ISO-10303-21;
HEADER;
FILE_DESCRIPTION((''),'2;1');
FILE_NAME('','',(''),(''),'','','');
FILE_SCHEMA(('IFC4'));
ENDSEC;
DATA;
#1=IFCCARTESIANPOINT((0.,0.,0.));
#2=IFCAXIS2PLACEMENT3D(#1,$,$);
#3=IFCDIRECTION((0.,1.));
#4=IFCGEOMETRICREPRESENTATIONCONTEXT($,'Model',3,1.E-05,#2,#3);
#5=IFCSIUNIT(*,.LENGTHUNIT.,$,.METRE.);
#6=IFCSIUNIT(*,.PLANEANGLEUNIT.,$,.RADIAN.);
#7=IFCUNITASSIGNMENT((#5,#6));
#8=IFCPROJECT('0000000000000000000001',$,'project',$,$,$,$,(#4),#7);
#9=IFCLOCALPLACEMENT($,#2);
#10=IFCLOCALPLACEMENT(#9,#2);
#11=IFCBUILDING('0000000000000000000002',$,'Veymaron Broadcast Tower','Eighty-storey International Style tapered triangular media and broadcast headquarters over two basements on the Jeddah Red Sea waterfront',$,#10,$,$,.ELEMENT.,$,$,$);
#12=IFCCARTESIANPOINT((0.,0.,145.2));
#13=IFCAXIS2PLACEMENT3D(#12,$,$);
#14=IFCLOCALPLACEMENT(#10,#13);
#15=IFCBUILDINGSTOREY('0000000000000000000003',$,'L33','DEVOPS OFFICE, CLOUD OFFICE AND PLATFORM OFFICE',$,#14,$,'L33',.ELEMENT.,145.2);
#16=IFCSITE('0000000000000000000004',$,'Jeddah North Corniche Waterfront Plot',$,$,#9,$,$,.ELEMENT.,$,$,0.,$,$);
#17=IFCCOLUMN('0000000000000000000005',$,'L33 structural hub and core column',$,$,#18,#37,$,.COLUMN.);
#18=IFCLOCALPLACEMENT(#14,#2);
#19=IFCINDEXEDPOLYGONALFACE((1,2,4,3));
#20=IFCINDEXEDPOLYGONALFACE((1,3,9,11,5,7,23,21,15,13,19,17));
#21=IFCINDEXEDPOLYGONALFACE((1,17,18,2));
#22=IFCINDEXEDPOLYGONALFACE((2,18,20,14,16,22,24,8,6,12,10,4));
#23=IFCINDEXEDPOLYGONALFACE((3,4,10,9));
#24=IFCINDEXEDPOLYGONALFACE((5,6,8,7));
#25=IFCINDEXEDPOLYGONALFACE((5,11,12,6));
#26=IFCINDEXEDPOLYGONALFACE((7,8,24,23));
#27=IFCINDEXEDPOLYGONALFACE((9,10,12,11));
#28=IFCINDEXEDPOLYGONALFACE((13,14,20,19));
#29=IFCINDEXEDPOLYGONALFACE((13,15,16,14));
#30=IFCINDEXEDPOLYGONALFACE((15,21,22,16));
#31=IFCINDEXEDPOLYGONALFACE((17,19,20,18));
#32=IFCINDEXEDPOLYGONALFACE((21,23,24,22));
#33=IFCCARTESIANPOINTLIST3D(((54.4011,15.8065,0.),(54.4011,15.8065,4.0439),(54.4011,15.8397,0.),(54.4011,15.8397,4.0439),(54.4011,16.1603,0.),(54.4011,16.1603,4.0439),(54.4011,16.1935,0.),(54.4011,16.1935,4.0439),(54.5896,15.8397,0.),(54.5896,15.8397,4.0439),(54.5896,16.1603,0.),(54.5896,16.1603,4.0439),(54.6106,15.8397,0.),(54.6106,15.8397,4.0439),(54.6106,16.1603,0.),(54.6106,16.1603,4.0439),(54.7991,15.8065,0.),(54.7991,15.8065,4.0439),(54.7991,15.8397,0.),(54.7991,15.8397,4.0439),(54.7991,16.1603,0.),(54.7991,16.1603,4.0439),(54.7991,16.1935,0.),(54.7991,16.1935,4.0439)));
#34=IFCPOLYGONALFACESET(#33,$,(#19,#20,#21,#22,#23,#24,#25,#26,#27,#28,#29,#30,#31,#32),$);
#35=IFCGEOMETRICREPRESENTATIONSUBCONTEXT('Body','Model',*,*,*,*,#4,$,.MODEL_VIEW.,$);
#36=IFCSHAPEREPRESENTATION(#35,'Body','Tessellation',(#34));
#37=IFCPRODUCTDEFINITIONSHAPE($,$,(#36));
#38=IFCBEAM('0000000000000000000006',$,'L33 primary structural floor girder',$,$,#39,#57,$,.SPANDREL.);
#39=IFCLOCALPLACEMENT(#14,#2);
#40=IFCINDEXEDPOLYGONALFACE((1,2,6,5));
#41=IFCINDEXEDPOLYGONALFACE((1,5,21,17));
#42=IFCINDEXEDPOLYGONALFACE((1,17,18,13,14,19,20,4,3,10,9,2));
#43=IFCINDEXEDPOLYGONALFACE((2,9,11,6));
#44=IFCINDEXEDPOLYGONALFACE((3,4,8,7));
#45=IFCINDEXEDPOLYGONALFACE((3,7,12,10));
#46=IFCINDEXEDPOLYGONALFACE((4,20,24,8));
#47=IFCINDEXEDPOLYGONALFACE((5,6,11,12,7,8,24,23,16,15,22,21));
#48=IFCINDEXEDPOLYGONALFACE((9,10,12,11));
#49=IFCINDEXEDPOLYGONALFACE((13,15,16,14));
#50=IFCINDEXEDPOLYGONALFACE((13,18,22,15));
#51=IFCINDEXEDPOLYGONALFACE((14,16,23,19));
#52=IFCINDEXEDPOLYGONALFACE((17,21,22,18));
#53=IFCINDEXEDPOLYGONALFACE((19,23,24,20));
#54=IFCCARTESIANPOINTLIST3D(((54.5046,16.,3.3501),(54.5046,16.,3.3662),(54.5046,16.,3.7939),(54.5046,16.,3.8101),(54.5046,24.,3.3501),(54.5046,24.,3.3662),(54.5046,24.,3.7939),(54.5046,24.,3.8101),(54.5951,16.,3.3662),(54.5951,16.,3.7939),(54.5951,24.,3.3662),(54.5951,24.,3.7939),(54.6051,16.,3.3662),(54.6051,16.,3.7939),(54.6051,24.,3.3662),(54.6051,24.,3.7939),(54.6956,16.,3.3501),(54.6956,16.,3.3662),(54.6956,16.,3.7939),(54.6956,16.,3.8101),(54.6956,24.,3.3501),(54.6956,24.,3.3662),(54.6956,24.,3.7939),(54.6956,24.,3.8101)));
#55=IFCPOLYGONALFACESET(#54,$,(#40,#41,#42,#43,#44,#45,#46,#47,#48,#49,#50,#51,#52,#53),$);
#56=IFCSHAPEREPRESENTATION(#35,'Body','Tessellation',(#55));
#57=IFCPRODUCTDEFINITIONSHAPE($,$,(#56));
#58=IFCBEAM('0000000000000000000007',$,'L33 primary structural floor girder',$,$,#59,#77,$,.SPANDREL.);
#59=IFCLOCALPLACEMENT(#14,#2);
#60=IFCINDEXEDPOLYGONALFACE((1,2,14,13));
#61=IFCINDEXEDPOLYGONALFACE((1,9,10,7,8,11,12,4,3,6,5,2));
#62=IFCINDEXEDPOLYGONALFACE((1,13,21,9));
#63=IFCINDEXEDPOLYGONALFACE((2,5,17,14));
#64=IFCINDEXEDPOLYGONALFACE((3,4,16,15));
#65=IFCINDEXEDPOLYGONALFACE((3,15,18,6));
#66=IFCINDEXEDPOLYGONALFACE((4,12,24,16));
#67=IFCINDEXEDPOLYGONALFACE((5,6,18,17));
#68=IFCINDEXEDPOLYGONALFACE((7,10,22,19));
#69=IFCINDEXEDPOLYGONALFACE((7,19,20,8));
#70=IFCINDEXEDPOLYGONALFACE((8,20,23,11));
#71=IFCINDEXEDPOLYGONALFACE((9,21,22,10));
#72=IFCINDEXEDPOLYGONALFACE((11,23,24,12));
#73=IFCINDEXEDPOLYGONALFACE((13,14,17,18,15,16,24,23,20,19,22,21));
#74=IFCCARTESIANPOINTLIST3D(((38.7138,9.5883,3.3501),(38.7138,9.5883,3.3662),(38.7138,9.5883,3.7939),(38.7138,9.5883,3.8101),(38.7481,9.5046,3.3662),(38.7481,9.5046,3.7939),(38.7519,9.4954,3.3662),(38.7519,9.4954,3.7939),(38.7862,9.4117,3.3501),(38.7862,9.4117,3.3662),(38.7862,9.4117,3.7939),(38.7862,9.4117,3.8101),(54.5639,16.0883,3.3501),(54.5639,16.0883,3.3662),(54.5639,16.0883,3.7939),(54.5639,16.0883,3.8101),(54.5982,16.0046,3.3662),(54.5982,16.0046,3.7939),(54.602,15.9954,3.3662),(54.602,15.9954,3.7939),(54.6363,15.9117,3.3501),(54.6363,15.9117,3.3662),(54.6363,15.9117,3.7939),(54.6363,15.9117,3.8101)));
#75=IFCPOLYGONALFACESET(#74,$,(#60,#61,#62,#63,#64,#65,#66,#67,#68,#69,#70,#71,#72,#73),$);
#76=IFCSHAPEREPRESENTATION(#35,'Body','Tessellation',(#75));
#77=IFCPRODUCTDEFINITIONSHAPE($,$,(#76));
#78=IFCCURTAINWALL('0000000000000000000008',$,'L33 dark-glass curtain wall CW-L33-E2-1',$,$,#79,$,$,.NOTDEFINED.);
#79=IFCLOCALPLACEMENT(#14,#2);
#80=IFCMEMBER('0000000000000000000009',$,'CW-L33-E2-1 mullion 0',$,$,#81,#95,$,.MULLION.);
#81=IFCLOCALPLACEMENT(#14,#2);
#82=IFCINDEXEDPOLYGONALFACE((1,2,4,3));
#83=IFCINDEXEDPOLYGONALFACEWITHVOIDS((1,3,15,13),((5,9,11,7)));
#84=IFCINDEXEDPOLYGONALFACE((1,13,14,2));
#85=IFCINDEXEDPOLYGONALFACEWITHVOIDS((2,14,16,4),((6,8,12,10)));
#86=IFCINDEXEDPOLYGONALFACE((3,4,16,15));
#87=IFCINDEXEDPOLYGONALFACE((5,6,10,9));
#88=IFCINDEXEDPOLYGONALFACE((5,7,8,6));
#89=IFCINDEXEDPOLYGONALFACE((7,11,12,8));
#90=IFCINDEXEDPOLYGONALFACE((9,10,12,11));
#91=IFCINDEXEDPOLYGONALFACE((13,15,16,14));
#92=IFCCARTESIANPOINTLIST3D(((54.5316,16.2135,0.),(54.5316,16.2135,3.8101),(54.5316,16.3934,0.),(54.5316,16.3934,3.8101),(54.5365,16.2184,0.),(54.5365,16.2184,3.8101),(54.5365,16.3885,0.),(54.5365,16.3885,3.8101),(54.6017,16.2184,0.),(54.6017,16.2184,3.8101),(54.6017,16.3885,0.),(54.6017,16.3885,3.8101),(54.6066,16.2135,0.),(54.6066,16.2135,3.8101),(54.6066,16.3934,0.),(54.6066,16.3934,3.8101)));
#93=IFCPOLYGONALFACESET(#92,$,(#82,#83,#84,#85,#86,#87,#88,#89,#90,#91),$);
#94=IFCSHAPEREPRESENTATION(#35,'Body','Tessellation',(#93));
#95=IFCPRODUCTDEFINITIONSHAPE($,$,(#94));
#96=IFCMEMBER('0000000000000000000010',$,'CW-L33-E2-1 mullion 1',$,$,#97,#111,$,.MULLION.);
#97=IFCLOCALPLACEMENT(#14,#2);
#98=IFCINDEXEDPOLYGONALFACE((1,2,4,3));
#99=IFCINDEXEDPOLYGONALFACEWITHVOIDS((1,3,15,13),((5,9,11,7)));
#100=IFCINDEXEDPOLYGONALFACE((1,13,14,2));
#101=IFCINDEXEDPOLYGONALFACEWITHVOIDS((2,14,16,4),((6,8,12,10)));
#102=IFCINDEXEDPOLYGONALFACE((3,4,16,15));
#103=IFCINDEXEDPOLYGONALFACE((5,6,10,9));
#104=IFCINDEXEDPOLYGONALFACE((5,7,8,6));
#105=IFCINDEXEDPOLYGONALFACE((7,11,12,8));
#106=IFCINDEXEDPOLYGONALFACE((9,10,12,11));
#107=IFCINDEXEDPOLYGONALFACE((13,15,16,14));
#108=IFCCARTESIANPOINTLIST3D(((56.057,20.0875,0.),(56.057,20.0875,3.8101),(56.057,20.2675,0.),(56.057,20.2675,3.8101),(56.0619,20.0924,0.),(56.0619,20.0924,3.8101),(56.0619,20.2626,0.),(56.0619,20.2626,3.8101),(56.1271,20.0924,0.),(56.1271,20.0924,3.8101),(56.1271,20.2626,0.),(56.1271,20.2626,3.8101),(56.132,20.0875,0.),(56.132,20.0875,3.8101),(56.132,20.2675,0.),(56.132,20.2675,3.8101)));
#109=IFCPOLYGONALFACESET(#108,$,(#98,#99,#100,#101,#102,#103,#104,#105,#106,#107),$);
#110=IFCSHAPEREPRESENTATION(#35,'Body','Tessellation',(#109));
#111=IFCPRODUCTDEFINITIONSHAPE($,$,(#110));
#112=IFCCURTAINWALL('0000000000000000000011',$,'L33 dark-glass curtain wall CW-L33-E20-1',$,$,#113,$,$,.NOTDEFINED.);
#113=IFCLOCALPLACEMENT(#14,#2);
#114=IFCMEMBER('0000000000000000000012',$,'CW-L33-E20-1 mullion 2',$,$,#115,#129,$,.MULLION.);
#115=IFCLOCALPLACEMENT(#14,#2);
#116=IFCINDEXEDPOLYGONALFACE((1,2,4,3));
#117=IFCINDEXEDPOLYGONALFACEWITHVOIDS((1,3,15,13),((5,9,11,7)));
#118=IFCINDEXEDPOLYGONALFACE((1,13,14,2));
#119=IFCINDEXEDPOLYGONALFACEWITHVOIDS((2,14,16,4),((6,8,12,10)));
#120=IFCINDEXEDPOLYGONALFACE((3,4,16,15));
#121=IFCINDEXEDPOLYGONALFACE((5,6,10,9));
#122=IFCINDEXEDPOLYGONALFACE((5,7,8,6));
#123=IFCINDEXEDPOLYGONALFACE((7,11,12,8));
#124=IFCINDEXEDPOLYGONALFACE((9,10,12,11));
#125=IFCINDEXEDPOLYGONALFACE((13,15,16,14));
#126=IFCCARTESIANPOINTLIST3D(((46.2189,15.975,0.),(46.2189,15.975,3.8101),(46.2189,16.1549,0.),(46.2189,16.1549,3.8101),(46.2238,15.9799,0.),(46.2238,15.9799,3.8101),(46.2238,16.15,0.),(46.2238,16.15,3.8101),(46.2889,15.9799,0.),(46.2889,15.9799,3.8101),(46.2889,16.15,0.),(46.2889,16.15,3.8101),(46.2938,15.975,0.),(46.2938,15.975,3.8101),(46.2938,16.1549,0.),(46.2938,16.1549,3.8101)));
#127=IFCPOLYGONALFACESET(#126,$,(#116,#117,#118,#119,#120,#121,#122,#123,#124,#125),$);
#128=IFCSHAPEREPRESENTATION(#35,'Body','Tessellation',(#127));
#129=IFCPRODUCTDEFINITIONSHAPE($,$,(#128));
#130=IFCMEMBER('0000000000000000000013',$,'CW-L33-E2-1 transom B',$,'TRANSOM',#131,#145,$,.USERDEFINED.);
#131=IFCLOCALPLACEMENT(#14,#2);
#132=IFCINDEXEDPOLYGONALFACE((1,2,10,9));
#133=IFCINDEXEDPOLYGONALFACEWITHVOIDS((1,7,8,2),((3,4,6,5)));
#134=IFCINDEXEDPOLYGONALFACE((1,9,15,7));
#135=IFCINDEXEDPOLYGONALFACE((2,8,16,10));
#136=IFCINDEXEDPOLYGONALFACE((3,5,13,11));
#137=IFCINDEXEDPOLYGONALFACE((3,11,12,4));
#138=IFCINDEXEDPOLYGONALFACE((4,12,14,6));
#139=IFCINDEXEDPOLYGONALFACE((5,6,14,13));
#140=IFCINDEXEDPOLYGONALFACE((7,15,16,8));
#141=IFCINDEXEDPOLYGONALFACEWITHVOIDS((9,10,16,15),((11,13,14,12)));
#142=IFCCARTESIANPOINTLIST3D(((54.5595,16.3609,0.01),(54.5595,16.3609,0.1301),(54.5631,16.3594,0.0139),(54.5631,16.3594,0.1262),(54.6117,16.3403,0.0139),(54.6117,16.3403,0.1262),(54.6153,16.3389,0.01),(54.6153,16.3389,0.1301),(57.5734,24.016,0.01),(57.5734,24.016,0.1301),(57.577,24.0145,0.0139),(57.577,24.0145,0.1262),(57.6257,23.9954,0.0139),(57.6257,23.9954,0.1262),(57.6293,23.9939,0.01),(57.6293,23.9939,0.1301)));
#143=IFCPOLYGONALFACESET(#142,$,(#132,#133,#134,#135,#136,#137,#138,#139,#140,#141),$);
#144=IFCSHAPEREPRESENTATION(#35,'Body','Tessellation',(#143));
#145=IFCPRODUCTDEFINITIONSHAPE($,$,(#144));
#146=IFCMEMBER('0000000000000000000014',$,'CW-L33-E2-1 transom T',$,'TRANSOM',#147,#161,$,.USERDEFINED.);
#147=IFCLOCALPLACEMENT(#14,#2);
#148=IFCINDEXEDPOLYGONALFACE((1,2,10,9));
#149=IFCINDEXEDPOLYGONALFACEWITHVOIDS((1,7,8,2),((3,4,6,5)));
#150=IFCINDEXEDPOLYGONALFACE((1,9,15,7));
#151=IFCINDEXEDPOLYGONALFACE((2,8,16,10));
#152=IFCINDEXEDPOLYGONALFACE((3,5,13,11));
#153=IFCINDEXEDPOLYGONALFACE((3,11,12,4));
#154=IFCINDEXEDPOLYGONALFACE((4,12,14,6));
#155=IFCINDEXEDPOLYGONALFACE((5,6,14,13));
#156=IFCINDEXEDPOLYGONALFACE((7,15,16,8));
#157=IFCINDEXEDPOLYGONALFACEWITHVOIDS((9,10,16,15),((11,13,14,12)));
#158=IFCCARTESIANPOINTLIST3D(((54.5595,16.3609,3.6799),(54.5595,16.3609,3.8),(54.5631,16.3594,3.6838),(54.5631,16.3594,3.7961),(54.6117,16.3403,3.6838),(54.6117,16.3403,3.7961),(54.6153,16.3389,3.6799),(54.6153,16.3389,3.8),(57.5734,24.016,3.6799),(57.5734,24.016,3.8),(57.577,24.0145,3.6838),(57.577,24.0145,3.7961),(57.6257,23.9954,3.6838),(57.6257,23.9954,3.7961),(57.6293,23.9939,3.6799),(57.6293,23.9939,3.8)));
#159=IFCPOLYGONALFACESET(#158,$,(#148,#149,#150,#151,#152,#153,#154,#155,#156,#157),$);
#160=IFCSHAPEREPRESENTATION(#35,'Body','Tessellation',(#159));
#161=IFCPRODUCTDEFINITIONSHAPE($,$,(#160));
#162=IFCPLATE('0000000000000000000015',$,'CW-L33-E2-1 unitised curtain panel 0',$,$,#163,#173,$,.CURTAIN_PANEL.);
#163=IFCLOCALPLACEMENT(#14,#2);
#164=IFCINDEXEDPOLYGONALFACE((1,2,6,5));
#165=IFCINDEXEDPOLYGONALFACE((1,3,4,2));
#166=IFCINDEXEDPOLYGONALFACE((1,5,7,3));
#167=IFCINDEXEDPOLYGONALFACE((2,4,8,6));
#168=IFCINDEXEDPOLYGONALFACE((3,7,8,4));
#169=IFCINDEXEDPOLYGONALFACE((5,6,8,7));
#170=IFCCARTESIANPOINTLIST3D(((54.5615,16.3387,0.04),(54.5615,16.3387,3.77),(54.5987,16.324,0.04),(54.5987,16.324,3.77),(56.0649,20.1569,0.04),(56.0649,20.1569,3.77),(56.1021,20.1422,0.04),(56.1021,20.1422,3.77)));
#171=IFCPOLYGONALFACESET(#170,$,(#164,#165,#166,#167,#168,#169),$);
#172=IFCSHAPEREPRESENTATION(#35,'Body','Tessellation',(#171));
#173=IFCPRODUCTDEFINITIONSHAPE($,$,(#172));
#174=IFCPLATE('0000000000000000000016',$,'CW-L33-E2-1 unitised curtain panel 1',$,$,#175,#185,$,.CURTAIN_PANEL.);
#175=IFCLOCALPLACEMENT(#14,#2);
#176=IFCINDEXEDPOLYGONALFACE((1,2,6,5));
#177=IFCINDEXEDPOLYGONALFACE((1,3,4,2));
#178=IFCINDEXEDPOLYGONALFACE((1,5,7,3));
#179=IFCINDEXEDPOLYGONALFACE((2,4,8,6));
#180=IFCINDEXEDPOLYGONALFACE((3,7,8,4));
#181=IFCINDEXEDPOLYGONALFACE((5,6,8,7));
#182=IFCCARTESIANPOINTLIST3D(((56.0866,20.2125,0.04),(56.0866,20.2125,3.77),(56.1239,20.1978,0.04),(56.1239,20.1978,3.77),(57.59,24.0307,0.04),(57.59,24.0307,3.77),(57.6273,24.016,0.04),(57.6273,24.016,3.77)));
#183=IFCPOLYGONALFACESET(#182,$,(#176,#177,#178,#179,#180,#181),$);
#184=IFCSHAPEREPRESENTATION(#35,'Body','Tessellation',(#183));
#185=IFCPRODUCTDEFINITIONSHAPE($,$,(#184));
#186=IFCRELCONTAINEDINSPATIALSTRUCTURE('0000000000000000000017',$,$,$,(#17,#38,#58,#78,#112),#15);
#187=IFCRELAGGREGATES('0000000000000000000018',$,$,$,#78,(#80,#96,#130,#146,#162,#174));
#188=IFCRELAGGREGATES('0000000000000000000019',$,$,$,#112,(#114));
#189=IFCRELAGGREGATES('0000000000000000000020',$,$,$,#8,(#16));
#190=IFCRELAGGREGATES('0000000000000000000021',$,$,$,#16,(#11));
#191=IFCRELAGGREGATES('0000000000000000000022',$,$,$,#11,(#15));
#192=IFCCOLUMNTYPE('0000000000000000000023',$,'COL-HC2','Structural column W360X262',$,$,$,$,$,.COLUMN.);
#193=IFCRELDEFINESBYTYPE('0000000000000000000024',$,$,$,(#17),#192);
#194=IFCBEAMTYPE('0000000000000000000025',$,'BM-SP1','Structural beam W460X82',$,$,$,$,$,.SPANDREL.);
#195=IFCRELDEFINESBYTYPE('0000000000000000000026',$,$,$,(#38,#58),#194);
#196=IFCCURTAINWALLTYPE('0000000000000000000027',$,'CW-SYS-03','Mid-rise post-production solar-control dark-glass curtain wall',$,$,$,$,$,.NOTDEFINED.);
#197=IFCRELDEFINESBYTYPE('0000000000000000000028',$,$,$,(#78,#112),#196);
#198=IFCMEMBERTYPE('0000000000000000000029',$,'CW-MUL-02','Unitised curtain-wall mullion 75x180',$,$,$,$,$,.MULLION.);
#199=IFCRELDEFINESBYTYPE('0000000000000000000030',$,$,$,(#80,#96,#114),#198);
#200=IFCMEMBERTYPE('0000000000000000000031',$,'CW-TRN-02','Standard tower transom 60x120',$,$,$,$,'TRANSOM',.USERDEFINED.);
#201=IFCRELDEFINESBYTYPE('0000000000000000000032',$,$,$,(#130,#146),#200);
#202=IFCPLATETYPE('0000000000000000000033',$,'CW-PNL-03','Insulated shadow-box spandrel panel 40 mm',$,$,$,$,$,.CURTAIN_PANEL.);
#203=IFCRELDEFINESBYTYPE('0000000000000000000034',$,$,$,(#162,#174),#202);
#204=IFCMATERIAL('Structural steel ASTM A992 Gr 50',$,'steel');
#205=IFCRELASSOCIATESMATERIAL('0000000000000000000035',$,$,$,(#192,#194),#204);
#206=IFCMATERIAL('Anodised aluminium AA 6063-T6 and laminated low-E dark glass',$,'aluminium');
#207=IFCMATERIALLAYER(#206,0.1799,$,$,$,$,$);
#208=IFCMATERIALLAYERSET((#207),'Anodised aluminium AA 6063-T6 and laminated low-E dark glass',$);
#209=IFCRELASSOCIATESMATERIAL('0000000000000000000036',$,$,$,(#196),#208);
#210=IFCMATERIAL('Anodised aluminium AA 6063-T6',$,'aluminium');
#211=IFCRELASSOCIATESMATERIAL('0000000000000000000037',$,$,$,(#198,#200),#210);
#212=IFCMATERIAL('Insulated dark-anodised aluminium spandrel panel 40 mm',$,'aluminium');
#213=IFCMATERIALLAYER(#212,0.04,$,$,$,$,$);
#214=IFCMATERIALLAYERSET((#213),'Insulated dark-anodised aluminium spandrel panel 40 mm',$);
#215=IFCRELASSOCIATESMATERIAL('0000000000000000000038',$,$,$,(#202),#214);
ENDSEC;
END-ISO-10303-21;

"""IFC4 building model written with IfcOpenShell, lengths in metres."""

from ifc_helpers import new_model, si_unit, direction, frame, origin, origin_2d, place, context, subcontext, project, spatial, rectangle, hollow_rectangle, i_section, extrude, material, layer, layer_set, material_profile, profile_set, type_object, element, aggregate, save


model = new_model("IFC4")

# Units and contexts
model_context = context("Model", 3, precision=1e-05, world=origin(), true_north=direction((0.0, 1.0)))
body_context = subcontext(model_context, "Body", "Model", "MODEL_VIEW")
ifc_project = project(units=[si_unit("LENGTHUNIT", "METRE"), si_unit("PLANEANGLEUNIT", "RADIAN")], contexts=[model_context])

# Site, building, storey
site_placement = place(None, origin())
site = spatial("IfcSite", under=ifc_project, at=site_placement, Name="Jeddah North Corniche Waterfront Plot", CompositionType="ELEMENT", RefElevation=0.0)
building_placement = place(site_placement, origin())
building = spatial("IfcBuilding", under=site, at=building_placement, Name="Veymaron Broadcast Tower", Description="Eighty-storey International Style tapered triangular media and broadcast headquarters over two basements on the Jeddah Red Sea waterfront", CompositionType="ELEMENT")
storey_placement = place(building_placement, frame((0.0, 0.0, 145.2)))
storey = spatial("IfcBuildingStorey", under=building, at=storey_placement, Name="L33", Description="DEVOPS OFFICE, CLOUD OFFICE AND PLATFORM OFFICE", LongName="L33", CompositionType="ELEMENT", Elevation=145.2)

# Column
ifc_material_1 = material(Name="Structural steel ASTM A992 Gr 50", Category="steel")
ifc_material_profile_1 = material_profile(ifc_material_1, i_section(OverallWidth=0.3979, OverallDepth=0.387, WebThickness=0.021, FlangeThickness=0.0332, at=origin_2d()), Name="W360X262")
ifc_profile_set_1 = profile_set([ifc_material_profile_1], Name="Structural steel ASTM A992 Gr 50")
column_type = type_object("IfcColumnType", Name="COL-HC2", Description="Structural column W360X262", PredefinedType="COLUMN", material=ifc_profile_set_1)
column_placement = place(storey_placement, frame((54.6001, 16.0, 0.0), z_axis=(0.0, 0.0, 1.0), x_axis=(1.0, 0.0, 0.0)))
element("IfcColumn", 1, at=column_placement, inside=storey, type_object=column_type, Name="L33 structural hub and core column", PredefinedType="COLUMN", context=body_context, shape_type="SweptSolid", body=[
    extrude(i_section(OverallWidth=0.3979, OverallDepth=0.387, WebThickness=0.021, FlangeThickness=0.0332, at=origin_2d()), origin(), (0.0, 0.0, 1.0), 4.0439),
])

# Beams
ifc_material_profile_2 = material_profile(ifc_material_1, i_section(OverallWidth=0.1909, OverallDepth=0.46, WebThickness=0.01, FlangeThickness=0.0161, at=origin_2d()), Name="W460X82")
ifc_profile_set_2 = profile_set([ifc_material_profile_2], Name="Structural steel ASTM A992 Gr 50")
beam_type = type_object("IfcBeamType", Name="BM-SP1", Description="Structural beam W460X82", PredefinedType="SPANDREL", material=ifc_profile_set_2)
beam_1_placement = place(storey_placement, frame((54.6001, 16.0, 3.5801), z_axis=(0.0, 1.0, 0.0), x_axis=(-1.0, 0.0, 0.0)))
element("IfcBeam", 2, at=beam_1_placement, inside=storey, type_object=beam_type, Name="L33 primary structural floor girder", PredefinedType="SPANDREL", context=body_context, shape_type="SweptSolid", body=[
    extrude(i_section(OverallWidth=0.1909, OverallDepth=0.46, WebThickness=0.01, FlangeThickness=0.0161, at=origin_2d()), origin(), (0.0, 0.0, 1.0), 8.0),
])
beam_2_placement = place(storey_placement, frame((54.6001, 16.0, 3.5801), z_axis=(-0.925222, -0.379426, 0.0), x_axis=(0.379426, -0.925222, 0.0)))
element("IfcBeam", 3, at=beam_2_placement, inside=storey, type_object=beam_type, Name="L33 primary structural floor girder", PredefinedType="SPANDREL", context=body_context, shape_type="SweptSolid", body=[
    extrude(i_section(OverallWidth=0.1909, OverallDepth=0.46, WebThickness=0.01, FlangeThickness=0.0161, at=origin_2d()), origin(), (0.0, 0.0, 1.0), 17.1311),
])

# Curtain wall, members
ifc_material_2 = material(Name="Anodised aluminium AA 6063-T6 and laminated low-E dark glass", Category="aluminium")
ifc_layer_1 = layer(ifc_material_2, 0.1799)
ifc_layer_set_1 = layer_set([ifc_layer_1], Name="Anodised aluminium AA 6063-T6 and laminated low-E dark glass")
curtain_wall_type = type_object("IfcCurtainWallType", Name="CW-SYS-03", Description="Mid-rise post-production solar-control dark-glass curtain wall", PredefinedType="NOTDEFINED", material=ifc_layer_set_1)
curtain_wall_1_placement = place(storey_placement, origin())
curtain_wall_1 = element("IfcCurtainWall", 4, at=curtain_wall_1_placement, inside=storey, type_object=curtain_wall_type, Name="L33 dark-glass curtain wall CW-L33-E2-1", PredefinedType="NOTDEFINED")
ifc_material_3 = material(Name="Anodised aluminium AA 6063-T6", Category="aluminium")
ifc_material_profile_3 = material_profile(ifc_material_3, hollow_rectangle(XDim=0.075, YDim=0.1799, WallThickness=0.0049, at=origin_2d()), Name="AL180X75X5")
ifc_profile_set_3 = profile_set([ifc_material_profile_3], Name="Anodised aluminium AA 6063-T6")
member_type_1 = type_object("IfcMemberType", Name="CW-MUL-02", Description="Unitised curtain-wall mullion 75x180", PredefinedType="MULLION", material=ifc_profile_set_3)
member_1_placement = place(storey_placement, frame((54.5691, 16.3035, 0.0), z_axis=(0.0, 0.0, 1.0), x_axis=(1.0, 0.0, 0.0)))
member_1 = element("IfcMember", 5, at=member_1_placement, type_object=member_type_1, Name="CW-L33-E2-1 mullion 0", PredefinedType="MULLION", context=body_context, shape_type="SweptSolid", body=[
    extrude(hollow_rectangle(XDim=0.075, YDim=0.1799, WallThickness=0.0049, at=origin_2d()), origin(), (0.0, 0.0, 1.0), 3.8101),
])
member_2_placement = place(storey_placement, frame((56.0945, 20.1775, 0.0), z_axis=(0.0, 0.0, 1.0), x_axis=(1.0, 0.0, 0.0)))
member_2 = element("IfcMember", 6, at=member_2_placement, type_object=member_type_1, Name="CW-L33-E2-1 mullion 1", PredefinedType="MULLION", context=body_context, shape_type="SweptSolid", body=[
    extrude(hollow_rectangle(XDim=0.075, YDim=0.1799, WallThickness=0.0049, at=origin_2d()), origin(), (0.0, 0.0, 1.0), 3.8101),
])

# Curtain wall, member
curtain_wall_2_placement = place(storey_placement, origin())
curtain_wall_2 = element("IfcCurtainWall", 7, at=curtain_wall_2_placement, inside=storey, type_object=curtain_wall_type, Name="L33 dark-glass curtain wall CW-L33-E20-1", PredefinedType="NOTDEFINED")
member_3_placement = place(storey_placement, frame((46.2563, 16.0649, 0.0), z_axis=(0.0, 0.0, 1.0), x_axis=(1.0, 0.0, 0.0)))
member_3 = element("IfcMember", 8, at=member_3_placement, type_object=member_type_1, Name="CW-L33-E20-1 mullion 2", PredefinedType="MULLION", context=body_context, shape_type="SweptSolid", body=[
    extrude(hollow_rectangle(XDim=0.075, YDim=0.1799, WallThickness=0.0049, at=origin_2d()), origin(), (0.0, 0.0, 1.0), 3.8101),
])

# Members
ifc_material_profile_4 = material_profile(ifc_material_3, hollow_rectangle(XDim=0.0601, YDim=0.1201, WallThickness=0.0039, at=origin_2d()), Name="AL120X60X4")
ifc_profile_set_4 = profile_set([ifc_material_profile_4], Name="Anodised aluminium AA 6063-T6")
member_type_2 = type_object("IfcMemberType", Name="CW-TRN-02", Description="Standard tower transom 60x120", ElementType="TRANSOM", PredefinedType="USERDEFINED", material=ifc_profile_set_4)
member_4_placement = place(storey_placement, frame((54.5874, 16.3499, 0.0701), z_axis=(0.366345, 0.930479, 0.0), x_axis=(-0.930479, 0.366345, 0.0)))
member_4 = element("IfcMember", 9, at=member_4_placement, type_object=member_type_2, Name="CW-L33-E2-1 transom B", ObjectType="TRANSOM", PredefinedType="USERDEFINED", context=body_context, shape_type="SweptSolid", body=[
    extrude(hollow_rectangle(XDim=0.0601, YDim=0.1201, WallThickness=0.0039, at=origin_2d()), origin(), (0.0, 0.0, 1.0), 8.2271),
])
member_5_placement = place(storey_placement, frame((54.5874, 16.3499, 3.74), z_axis=(0.366345, 0.930479, 0.0), x_axis=(-0.930479, 0.366345, 0.0)))
member_5 = element("IfcMember", 10, at=member_5_placement, type_object=member_type_2, Name="CW-L33-E2-1 transom T", ObjectType="TRANSOM", PredefinedType="USERDEFINED", context=body_context, shape_type="SweptSolid", body=[
    extrude(hollow_rectangle(XDim=0.0601, YDim=0.1201, WallThickness=0.0039, at=origin_2d()), origin(), (0.0, 0.0, 1.0), 8.2271),
])

# Plates
ifc_material_4 = material(Name="Insulated dark-anodised aluminium spandrel panel 40 mm", Category="aluminium")
ifc_layer_2 = layer(ifc_material_4, 0.04)
ifc_layer_set_2 = layer_set([ifc_layer_2], Name="Insulated dark-anodised aluminium spandrel panel 40 mm")
plate_type = type_object("IfcPlateType", Name="CW-PNL-03", Description="Insulated shadow-box spandrel panel 40 mm", PredefinedType="CURTAIN_PANEL", material=ifc_layer_set_2)
plate_1_placement = place(storey_placement, frame((55.3318, 18.2405, 0.04), z_axis=(0.0, 0.0, 1.0), x_axis=(0.366371, 0.930469, 0.0)))
plate_1 = element("IfcPlate", 11, at=plate_1_placement, type_object=plate_type, Name="CW-L33-E2-1 unitised curtain panel 0", PredefinedType="CURTAIN_PANEL", context=body_context, shape_type="SweptSolid", body=[
    extrude(rectangle(XDim=4.1035, YDim=0.04, at=origin_2d()), origin(), (0.0, 0.0, 1.0), 3.73),
])
plate_2_placement = place(storey_placement, frame((56.8569, 22.1143, 0.04), z_axis=(0.0, 0.0, 1.0), x_axis=(0.366371, 0.930469, 0.0)))
plate_2 = element("IfcPlate", 12, at=plate_2_placement, type_object=plate_type, Name="CW-L33-E2-1 unitised curtain panel 1", PredefinedType="CURTAIN_PANEL", context=body_context, shape_type="SweptSolid", body=[
    extrude(rectangle(XDim=4.1035, YDim=0.04, at=origin_2d()), origin(), (0.0, 0.0, 1.0), 3.73),
])
aggregate(curtain_wall_1, [member_1, member_2, member_4, member_5, plate_1, plate_2])
aggregate(curtain_wall_2, [member_3])

save(model, "model.ifc")
